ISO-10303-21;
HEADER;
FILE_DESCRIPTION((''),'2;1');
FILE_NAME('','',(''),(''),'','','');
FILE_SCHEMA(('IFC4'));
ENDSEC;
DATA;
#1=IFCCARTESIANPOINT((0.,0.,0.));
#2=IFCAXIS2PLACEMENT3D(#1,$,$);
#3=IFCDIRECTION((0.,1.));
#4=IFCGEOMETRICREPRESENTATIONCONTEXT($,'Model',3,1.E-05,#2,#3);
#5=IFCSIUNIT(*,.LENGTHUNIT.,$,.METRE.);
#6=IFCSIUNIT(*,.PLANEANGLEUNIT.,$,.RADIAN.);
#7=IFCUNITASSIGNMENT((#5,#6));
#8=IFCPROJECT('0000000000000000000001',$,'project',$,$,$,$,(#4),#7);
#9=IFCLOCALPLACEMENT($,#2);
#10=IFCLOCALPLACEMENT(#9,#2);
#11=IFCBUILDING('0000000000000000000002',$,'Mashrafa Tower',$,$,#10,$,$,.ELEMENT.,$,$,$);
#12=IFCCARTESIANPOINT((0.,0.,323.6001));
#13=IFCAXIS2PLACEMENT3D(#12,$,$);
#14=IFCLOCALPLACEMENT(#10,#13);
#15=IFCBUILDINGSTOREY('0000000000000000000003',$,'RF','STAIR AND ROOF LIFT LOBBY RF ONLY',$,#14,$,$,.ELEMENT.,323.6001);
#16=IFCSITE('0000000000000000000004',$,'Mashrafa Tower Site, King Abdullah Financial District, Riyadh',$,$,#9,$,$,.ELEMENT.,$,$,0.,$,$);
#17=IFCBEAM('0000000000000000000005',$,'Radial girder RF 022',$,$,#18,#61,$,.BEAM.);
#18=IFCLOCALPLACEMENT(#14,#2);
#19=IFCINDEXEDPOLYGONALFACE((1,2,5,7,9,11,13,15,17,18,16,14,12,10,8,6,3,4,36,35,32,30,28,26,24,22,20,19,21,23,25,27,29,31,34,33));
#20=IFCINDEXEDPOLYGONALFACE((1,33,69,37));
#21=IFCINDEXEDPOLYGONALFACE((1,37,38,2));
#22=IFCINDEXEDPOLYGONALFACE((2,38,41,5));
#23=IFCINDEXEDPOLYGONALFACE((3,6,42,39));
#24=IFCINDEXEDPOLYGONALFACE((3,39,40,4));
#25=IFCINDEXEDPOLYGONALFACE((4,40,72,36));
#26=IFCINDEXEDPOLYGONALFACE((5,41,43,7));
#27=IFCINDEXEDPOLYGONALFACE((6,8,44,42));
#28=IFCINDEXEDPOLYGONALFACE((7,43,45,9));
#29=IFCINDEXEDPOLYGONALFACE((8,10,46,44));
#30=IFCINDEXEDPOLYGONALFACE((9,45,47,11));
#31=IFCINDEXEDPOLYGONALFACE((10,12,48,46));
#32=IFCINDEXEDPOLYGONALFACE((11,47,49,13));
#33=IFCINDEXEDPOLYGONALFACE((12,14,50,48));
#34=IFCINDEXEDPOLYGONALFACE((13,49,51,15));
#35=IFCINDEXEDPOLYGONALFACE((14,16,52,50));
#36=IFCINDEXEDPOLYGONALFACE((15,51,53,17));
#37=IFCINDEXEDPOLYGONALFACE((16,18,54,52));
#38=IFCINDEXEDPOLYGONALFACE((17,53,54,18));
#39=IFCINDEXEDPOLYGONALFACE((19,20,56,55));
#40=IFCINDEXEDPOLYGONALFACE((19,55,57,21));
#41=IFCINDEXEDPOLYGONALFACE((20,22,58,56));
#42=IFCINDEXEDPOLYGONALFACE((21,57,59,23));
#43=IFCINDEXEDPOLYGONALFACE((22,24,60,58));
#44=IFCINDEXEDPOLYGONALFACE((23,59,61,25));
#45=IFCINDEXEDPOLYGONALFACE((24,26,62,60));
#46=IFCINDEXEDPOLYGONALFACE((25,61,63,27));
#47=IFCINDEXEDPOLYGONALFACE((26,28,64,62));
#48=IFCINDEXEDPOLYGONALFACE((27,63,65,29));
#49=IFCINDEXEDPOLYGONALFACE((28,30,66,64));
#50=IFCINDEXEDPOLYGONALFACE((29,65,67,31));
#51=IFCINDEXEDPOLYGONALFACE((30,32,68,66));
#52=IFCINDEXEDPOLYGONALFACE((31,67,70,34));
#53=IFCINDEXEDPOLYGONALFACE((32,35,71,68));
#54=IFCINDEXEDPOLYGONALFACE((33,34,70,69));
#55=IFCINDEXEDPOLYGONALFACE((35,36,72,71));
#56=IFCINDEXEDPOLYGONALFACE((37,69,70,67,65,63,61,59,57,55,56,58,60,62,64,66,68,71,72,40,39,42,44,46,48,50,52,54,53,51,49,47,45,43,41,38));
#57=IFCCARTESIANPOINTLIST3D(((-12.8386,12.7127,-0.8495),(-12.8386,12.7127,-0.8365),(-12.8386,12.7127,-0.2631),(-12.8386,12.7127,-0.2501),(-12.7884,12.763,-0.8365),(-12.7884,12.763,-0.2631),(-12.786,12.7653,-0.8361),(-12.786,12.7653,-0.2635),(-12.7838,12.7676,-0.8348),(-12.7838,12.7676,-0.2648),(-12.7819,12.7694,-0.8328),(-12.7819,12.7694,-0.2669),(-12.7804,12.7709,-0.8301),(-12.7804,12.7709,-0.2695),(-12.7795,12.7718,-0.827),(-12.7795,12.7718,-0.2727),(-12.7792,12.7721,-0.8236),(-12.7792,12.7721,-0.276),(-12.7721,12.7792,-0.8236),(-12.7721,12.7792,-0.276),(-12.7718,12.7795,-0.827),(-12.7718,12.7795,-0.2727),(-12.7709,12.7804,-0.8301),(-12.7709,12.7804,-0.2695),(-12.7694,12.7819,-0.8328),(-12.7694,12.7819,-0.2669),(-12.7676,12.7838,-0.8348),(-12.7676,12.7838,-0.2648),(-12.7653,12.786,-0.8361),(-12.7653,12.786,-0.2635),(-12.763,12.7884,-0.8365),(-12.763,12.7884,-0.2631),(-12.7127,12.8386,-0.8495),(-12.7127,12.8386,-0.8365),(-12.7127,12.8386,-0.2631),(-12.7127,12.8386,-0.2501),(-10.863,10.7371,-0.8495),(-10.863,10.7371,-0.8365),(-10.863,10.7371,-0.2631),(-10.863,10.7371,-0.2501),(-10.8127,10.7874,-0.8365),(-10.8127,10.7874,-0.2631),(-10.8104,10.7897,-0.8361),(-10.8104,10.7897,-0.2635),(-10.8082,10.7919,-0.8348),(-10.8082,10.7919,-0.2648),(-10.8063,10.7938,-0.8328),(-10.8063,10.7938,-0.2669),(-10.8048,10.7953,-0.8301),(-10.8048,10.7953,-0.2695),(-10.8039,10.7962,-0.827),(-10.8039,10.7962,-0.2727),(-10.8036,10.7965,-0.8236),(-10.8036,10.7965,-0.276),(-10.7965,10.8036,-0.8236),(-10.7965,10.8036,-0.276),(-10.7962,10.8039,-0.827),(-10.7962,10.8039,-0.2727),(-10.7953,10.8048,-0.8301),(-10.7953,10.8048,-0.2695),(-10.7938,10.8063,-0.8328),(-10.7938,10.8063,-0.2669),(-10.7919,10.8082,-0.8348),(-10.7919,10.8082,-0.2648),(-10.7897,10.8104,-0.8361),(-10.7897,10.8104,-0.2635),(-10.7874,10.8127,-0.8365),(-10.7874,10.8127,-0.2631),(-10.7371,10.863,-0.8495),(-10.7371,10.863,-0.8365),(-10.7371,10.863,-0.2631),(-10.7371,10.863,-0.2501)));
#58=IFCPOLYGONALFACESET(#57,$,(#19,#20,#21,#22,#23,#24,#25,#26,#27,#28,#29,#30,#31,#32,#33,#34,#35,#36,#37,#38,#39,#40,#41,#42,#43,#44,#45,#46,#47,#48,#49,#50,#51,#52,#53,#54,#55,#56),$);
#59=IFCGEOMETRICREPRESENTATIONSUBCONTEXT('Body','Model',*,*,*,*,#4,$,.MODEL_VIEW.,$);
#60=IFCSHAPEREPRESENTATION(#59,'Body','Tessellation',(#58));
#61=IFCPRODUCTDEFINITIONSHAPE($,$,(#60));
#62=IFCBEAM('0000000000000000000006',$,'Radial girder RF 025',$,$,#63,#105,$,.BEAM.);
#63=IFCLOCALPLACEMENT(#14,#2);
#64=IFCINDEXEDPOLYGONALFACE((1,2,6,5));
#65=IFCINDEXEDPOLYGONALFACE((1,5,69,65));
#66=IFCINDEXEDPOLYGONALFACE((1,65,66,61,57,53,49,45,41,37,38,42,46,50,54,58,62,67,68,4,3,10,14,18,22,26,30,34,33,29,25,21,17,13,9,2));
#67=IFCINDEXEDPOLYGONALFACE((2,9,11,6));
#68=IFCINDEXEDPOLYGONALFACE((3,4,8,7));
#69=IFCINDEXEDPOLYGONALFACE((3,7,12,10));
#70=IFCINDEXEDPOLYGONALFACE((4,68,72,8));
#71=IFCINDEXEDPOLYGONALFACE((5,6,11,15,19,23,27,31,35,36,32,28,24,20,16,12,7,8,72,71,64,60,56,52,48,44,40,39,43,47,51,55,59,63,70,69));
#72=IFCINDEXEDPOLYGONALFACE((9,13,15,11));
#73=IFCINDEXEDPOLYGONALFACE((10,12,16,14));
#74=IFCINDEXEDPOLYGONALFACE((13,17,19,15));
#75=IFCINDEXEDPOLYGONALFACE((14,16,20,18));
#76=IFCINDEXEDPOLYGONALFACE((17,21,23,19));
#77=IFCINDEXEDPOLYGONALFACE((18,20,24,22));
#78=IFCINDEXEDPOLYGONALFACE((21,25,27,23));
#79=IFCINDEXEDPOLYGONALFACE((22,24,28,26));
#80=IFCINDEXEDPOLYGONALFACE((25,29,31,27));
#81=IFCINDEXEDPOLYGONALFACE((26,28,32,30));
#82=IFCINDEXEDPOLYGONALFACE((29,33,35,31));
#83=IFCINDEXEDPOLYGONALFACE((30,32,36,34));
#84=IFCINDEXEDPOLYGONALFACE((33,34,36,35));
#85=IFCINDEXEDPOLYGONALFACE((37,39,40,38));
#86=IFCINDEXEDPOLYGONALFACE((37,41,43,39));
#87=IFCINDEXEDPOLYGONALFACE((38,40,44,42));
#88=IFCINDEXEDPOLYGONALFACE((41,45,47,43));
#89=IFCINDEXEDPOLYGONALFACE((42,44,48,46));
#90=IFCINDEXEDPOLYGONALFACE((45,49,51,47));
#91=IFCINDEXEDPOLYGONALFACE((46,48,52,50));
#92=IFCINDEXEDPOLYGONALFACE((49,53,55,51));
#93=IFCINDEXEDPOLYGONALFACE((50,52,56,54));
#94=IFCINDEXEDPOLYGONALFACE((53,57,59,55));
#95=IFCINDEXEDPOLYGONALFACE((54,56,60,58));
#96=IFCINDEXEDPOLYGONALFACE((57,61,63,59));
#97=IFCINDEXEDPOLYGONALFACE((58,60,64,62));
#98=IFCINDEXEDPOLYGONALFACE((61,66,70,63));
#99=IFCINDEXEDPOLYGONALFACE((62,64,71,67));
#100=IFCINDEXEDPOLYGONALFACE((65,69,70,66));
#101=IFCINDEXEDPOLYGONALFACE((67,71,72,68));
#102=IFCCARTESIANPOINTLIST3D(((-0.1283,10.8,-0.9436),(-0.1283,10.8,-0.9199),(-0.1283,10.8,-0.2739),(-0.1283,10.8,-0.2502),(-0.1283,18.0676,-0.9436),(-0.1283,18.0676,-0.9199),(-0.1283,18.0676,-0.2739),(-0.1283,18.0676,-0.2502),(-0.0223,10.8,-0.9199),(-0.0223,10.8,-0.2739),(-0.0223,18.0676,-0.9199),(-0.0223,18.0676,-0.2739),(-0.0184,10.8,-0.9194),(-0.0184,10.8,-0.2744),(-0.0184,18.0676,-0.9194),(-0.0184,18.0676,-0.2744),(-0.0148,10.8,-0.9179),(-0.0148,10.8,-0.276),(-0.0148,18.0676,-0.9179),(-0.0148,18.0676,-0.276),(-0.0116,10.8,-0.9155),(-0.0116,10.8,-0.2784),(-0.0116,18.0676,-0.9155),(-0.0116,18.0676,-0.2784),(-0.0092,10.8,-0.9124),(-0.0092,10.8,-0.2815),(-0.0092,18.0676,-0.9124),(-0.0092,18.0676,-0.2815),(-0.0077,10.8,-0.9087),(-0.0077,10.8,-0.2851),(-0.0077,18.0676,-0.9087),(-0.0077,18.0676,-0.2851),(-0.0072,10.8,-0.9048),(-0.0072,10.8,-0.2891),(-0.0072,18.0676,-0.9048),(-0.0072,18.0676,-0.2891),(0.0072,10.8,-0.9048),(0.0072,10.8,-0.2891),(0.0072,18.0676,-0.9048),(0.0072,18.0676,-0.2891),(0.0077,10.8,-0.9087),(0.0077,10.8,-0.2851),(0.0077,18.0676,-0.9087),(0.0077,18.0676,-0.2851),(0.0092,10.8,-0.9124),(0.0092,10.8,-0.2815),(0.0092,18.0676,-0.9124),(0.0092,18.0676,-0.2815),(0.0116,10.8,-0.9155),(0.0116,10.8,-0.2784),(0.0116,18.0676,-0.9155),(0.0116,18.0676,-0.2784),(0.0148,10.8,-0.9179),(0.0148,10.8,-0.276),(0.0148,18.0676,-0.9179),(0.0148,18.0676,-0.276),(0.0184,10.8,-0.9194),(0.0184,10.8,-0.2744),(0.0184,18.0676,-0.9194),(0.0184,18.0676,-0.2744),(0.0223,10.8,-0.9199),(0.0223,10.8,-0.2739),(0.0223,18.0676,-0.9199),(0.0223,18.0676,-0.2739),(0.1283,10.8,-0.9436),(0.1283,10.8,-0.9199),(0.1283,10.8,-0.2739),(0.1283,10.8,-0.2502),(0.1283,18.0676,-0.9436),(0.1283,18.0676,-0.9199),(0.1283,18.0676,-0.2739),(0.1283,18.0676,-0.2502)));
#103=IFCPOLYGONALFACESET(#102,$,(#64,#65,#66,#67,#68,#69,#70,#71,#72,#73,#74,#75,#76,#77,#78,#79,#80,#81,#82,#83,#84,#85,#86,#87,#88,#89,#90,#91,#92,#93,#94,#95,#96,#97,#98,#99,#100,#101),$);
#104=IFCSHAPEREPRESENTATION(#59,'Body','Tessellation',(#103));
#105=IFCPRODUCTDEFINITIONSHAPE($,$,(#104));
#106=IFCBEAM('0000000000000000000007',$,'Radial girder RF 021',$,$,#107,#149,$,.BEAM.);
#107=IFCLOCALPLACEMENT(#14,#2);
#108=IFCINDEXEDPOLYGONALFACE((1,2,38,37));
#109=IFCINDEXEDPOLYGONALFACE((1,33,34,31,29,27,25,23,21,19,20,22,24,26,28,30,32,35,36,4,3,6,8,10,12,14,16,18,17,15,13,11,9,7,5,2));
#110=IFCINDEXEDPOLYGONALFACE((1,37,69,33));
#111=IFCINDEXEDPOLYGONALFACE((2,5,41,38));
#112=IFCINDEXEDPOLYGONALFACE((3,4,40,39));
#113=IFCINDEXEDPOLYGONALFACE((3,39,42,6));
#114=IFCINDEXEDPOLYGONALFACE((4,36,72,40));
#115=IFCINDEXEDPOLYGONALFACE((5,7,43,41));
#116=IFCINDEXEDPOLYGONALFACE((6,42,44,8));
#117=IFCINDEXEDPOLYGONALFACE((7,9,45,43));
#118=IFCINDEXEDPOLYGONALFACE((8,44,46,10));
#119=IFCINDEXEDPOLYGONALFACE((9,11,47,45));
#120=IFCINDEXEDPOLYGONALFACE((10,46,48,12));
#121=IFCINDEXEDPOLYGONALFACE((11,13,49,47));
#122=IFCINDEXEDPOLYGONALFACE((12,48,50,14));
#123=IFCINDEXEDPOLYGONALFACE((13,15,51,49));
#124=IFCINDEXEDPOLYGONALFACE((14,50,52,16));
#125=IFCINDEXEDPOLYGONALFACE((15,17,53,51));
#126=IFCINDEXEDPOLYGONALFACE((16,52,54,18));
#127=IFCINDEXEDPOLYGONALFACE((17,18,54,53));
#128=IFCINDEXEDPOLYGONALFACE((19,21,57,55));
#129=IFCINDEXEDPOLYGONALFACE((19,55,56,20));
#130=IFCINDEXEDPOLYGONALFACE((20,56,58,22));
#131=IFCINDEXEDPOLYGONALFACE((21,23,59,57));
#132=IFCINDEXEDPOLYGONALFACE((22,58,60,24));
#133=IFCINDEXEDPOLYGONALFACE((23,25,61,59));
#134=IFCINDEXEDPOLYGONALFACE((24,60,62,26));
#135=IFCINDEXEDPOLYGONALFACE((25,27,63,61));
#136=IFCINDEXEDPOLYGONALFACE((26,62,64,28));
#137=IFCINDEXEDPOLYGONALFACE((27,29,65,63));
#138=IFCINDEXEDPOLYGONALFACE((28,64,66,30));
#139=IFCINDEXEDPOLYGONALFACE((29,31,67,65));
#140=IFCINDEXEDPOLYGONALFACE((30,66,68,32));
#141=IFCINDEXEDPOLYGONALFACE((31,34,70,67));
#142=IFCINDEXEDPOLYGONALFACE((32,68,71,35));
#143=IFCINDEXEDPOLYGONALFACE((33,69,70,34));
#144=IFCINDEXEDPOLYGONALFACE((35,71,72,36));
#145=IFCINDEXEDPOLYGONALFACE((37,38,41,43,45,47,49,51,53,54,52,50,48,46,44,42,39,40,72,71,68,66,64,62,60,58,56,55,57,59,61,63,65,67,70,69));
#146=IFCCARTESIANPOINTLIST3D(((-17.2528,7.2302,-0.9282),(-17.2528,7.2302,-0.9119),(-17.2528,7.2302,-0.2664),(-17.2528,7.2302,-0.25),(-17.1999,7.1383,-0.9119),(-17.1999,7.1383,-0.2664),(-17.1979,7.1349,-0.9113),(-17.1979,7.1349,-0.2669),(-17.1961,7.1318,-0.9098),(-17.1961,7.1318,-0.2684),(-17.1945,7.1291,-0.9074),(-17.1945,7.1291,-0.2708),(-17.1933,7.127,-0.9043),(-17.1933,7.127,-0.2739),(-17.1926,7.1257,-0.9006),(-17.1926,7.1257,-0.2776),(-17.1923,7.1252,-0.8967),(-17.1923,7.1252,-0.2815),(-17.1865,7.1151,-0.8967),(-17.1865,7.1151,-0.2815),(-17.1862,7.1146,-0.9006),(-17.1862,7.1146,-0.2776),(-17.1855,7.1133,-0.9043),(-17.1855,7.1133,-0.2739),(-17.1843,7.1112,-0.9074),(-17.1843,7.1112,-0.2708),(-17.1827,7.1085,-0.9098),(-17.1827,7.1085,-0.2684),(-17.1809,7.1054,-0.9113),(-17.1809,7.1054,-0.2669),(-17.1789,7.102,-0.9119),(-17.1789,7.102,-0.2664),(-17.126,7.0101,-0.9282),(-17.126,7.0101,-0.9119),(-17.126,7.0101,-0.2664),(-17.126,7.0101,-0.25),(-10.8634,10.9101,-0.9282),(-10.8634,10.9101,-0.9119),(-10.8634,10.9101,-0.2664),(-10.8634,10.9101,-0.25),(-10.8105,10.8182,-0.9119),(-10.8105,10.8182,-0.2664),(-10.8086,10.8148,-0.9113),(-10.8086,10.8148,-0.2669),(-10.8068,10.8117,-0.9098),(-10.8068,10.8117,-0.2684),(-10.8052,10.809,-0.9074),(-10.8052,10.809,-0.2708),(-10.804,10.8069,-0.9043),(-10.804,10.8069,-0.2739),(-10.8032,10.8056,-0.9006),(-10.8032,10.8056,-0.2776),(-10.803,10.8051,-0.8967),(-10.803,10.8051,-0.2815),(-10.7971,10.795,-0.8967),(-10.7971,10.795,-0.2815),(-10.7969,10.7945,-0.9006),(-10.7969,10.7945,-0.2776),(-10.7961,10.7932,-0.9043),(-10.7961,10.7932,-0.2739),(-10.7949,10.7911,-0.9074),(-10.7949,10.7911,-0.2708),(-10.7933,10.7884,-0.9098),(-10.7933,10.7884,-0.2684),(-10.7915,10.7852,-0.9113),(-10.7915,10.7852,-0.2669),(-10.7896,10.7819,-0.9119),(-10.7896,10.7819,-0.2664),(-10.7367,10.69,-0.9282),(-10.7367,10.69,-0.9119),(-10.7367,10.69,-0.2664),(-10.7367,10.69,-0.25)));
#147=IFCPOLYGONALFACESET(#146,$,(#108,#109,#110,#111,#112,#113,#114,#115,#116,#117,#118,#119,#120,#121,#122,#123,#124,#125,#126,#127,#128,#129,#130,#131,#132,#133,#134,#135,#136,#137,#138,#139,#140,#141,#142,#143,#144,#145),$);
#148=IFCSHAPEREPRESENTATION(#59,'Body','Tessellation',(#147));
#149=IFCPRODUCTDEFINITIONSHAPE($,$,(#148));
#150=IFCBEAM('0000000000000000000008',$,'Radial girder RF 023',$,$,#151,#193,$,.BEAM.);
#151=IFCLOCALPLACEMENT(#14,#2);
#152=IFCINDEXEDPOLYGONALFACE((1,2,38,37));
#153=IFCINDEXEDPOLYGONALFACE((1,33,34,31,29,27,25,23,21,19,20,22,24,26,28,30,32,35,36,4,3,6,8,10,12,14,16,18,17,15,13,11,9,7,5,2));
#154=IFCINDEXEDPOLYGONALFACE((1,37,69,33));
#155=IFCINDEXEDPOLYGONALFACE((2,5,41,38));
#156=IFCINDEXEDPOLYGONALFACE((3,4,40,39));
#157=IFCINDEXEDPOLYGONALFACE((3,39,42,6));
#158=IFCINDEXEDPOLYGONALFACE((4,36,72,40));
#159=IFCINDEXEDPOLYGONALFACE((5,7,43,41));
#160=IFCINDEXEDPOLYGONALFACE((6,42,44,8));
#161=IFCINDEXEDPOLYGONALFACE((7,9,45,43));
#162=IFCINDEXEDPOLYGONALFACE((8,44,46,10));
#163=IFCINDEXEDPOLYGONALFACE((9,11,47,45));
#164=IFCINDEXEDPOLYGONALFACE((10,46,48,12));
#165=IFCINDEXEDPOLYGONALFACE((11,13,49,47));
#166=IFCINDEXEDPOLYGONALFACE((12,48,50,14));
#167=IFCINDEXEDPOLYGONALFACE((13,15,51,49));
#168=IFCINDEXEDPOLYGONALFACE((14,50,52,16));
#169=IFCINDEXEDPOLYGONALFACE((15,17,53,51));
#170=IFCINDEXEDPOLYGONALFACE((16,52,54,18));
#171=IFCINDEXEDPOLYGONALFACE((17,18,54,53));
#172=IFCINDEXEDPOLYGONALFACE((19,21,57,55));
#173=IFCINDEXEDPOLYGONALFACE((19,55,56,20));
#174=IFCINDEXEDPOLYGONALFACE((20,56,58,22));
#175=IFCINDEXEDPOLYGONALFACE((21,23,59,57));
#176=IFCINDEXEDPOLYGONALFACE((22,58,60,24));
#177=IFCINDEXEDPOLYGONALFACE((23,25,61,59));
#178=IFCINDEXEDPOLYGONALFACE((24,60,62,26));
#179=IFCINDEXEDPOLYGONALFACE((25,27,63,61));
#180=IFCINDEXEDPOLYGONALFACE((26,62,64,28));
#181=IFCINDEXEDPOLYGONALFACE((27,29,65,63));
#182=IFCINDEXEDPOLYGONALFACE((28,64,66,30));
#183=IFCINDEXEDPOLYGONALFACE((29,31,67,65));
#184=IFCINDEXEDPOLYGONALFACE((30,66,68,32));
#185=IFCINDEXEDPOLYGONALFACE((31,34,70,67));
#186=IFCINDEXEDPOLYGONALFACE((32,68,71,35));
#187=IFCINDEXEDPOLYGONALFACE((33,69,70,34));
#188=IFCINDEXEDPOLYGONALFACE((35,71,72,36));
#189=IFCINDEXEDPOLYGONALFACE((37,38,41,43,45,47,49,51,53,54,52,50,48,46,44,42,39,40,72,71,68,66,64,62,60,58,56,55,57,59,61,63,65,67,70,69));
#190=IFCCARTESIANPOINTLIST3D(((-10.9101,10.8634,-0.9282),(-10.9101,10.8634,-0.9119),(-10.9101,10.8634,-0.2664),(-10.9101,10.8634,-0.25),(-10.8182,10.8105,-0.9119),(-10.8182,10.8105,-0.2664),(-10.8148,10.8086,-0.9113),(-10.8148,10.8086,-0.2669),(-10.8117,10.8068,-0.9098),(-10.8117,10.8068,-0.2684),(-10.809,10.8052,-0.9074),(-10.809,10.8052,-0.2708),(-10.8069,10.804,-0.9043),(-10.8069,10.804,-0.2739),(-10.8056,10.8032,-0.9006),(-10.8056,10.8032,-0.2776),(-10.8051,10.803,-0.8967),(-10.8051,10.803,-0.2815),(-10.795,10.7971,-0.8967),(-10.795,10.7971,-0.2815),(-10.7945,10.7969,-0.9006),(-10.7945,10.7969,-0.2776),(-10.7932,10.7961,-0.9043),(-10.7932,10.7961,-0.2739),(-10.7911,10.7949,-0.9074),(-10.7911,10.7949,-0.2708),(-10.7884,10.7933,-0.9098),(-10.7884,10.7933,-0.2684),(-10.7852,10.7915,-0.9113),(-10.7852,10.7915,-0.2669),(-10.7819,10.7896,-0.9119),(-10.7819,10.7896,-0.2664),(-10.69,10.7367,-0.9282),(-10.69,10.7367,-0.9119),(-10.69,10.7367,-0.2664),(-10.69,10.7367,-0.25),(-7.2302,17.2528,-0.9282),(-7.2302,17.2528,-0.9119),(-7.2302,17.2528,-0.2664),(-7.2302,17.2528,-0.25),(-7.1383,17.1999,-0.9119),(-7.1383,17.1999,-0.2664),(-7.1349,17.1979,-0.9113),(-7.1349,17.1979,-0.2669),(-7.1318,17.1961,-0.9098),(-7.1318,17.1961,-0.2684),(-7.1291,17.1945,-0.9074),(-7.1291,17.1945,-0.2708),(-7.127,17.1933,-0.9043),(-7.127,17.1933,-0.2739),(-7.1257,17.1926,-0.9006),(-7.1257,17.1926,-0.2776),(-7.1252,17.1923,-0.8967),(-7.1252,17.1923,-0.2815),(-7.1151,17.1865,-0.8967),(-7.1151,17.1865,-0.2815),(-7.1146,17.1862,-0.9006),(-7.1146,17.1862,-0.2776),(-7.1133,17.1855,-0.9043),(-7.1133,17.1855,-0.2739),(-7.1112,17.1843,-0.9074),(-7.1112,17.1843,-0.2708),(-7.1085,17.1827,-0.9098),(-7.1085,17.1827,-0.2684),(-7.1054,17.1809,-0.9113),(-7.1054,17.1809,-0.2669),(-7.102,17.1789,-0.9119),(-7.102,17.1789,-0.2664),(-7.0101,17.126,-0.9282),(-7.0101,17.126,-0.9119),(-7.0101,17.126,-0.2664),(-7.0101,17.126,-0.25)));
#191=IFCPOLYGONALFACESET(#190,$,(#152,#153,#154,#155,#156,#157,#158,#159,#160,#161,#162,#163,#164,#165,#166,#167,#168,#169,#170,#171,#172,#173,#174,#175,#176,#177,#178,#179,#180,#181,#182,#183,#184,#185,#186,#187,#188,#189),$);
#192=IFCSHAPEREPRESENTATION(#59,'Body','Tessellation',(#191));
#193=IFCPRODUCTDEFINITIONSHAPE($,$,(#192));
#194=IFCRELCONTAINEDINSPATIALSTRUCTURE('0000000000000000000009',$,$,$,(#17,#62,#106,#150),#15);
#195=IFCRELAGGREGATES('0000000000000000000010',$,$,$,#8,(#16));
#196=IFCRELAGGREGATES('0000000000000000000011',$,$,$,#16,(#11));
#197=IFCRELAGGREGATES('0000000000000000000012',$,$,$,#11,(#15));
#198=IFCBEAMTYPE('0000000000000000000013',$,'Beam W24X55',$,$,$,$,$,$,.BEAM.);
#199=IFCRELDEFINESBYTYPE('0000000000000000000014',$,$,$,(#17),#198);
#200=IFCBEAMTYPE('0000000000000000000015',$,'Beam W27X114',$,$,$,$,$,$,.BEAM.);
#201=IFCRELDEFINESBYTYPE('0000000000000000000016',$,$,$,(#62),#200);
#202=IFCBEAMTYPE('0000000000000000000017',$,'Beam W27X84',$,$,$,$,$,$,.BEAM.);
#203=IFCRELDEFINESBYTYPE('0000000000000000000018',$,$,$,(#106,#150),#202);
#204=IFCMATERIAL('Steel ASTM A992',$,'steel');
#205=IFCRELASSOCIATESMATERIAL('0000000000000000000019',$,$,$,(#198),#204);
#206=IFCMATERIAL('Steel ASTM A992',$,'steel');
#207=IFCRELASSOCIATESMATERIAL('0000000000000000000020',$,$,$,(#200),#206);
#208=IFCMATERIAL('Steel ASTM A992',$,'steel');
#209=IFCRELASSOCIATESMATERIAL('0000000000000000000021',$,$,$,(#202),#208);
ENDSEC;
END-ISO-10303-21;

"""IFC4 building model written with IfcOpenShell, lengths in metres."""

from ifc_helpers import new_model, si_unit, direction, frame, origin, origin_2d, place, context, subcontext, project, spatial, i_section, extrude, material, material_profile, profile_set, type_object, element, save


model = new_model("IFC4")

# Units and contexts
model_context = context("Model", 3, precision=1e-05, world=origin(), true_north=direction((0.0, 1.0)))
body_context = subcontext(model_context, "Body", "Model", "MODEL_VIEW")
ifc_project = project(units=[si_unit("LENGTHUNIT", "METRE"), si_unit("PLANEANGLEUNIT", "RADIAN")], contexts=[model_context])

# Site, building, storey
site_placement = place(None, origin())
site = spatial("IfcSite", under=ifc_project, at=site_placement, Name="Mashrafa Tower Site, King Abdullah Financial District, Riyadh", CompositionType="ELEMENT", RefElevation=0.0)
building_placement = place(site_placement, origin())
building = spatial("IfcBuilding", under=site, at=building_placement, Name="Mashrafa Tower", CompositionType="ELEMENT")
storey_placement = place(building_placement, frame((0.0, 0.0, 323.6001)))
storey = spatial("IfcBuildingStorey", under=building, at=storey_placement, Name="RF", Description="STAIR AND ROOF LIFT LOBBY RF ONLY", CompositionType="ELEMENT", Elevation=323.6001)

# Beams
ifc_material_1 = material(Name="Steel ASTM A992", Category="steel")
ifc_material_profile_1 = material_profile(ifc_material_1, i_section(OverallWidth=0.178, OverallDepth=0.5994, WebThickness=0.01, FlangeThickness=0.0129, FilletRadius=0.0129, at=origin_2d()), Name="W24X55")
ifc_profile_set_1 = profile_set([ifc_material_profile_1], Name="Steel ASTM A992")
beam_type_1 = type_object("IfcBeamType", Name="Beam W24X55", PredefinedType="BEAM", material=ifc_profile_set_1)
beam_1_placement = place(storey_placement, frame((-10.8, 10.8, -0.5498), z_axis=(-0.707107, 0.707107, 0.0), x_axis=(-0.707107, -0.707107, 0.0)))
element("IfcBeam", 1, at=beam_1_placement, inside=storey, type_object=beam_type_1, Name="Radial girder RF 022", PredefinedType="BEAM", context=body_context, shape_type="SweptSolid", body=[
    extrude(i_section(OverallWidth=0.178, OverallDepth=0.5994, WebThickness=0.01, FlangeThickness=0.0129, FilletRadius=0.0129, at=origin_2d()), origin(), (0.0, 0.0, 1.0), 2.7939),
])
ifc_material_2 = material(Name="Steel ASTM A992", Category="steel")
ifc_material_profile_2 = material_profile(ifc_material_2, i_section(OverallWidth=0.2566, OverallDepth=0.6934, WebThickness=0.0144, FlangeThickness=0.0237, FilletRadius=0.0151, at=origin_2d()), Name="W27X114")
ifc_profile_set_2 = profile_set([ifc_material_profile_2], Name="Steel ASTM A992")
beam_type_2 = type_object("IfcBeamType", Name="Beam W27X114", PredefinedType="BEAM", material=ifc_profile_set_2)
beam_2_placement = place(storey_placement, frame((0.0, 10.8, -0.5969), z_axis=(0.0, 1.0, 0.0), x_axis=(-1.0, 0.0, 0.0)))
element("IfcBeam", 2, at=beam_2_placement, inside=storey, type_object=beam_type_2, Name="Radial girder RF 025", PredefinedType="BEAM", context=body_context, shape_type="SweptSolid", body=[
    extrude(i_section(OverallWidth=0.2566, OverallDepth=0.6934, WebThickness=0.0144, FlangeThickness=0.0237, FilletRadius=0.0151, at=origin_2d()), origin(), (0.0, 0.0, 1.0), 7.2676),
])
ifc_material_3 = material(Name="Steel ASTM A992", Category="steel")
ifc_material_profile_3 = material_profile(ifc_material_3, i_section(OverallWidth=0.2539, OverallDepth=0.6782, WebThickness=0.0117, FlangeThickness=0.0164, FilletRadius=0.0151, at=origin_2d()), Name="W27X84")
ifc_profile_set_3 = profile_set([ifc_material_profile_3], Name="Steel ASTM A992")
beam_type_3 = type_object("IfcBeamType", Name="Beam W27X84", PredefinedType="BEAM", material=ifc_profile_set_3)
for number, where, z_axis, x_axis, name in (
    (3, (-10.8, 10.8, -0.5891), (-0.866553, -0.499085, 0.0), (0.499085, -0.866553, 0.0), "Radial girder RF 021"),
    (4, (-10.8, 10.8, -0.5891), (0.499085, 0.866553, 0.0), (-0.866553, 0.499085, 0.0), "Radial girder RF 023"),
):
    element("IfcBeam", number, at=place(storey_placement, frame(where, z_axis=z_axis, x_axis=x_axis)), inside=storey, type_object=beam_type_3, Name=name, PredefinedType="BEAM", context=body_context, shape_type="SweptSolid", body=[
        extrude(i_section(OverallWidth=0.2539, OverallDepth=0.6782, WebThickness=0.0117, FlangeThickness=0.0164, FilletRadius=0.0151, at=origin_2d()), origin(), (0.0, 0.0, 1.0), 7.3733),
    ])

save(model, "model.ifc")
